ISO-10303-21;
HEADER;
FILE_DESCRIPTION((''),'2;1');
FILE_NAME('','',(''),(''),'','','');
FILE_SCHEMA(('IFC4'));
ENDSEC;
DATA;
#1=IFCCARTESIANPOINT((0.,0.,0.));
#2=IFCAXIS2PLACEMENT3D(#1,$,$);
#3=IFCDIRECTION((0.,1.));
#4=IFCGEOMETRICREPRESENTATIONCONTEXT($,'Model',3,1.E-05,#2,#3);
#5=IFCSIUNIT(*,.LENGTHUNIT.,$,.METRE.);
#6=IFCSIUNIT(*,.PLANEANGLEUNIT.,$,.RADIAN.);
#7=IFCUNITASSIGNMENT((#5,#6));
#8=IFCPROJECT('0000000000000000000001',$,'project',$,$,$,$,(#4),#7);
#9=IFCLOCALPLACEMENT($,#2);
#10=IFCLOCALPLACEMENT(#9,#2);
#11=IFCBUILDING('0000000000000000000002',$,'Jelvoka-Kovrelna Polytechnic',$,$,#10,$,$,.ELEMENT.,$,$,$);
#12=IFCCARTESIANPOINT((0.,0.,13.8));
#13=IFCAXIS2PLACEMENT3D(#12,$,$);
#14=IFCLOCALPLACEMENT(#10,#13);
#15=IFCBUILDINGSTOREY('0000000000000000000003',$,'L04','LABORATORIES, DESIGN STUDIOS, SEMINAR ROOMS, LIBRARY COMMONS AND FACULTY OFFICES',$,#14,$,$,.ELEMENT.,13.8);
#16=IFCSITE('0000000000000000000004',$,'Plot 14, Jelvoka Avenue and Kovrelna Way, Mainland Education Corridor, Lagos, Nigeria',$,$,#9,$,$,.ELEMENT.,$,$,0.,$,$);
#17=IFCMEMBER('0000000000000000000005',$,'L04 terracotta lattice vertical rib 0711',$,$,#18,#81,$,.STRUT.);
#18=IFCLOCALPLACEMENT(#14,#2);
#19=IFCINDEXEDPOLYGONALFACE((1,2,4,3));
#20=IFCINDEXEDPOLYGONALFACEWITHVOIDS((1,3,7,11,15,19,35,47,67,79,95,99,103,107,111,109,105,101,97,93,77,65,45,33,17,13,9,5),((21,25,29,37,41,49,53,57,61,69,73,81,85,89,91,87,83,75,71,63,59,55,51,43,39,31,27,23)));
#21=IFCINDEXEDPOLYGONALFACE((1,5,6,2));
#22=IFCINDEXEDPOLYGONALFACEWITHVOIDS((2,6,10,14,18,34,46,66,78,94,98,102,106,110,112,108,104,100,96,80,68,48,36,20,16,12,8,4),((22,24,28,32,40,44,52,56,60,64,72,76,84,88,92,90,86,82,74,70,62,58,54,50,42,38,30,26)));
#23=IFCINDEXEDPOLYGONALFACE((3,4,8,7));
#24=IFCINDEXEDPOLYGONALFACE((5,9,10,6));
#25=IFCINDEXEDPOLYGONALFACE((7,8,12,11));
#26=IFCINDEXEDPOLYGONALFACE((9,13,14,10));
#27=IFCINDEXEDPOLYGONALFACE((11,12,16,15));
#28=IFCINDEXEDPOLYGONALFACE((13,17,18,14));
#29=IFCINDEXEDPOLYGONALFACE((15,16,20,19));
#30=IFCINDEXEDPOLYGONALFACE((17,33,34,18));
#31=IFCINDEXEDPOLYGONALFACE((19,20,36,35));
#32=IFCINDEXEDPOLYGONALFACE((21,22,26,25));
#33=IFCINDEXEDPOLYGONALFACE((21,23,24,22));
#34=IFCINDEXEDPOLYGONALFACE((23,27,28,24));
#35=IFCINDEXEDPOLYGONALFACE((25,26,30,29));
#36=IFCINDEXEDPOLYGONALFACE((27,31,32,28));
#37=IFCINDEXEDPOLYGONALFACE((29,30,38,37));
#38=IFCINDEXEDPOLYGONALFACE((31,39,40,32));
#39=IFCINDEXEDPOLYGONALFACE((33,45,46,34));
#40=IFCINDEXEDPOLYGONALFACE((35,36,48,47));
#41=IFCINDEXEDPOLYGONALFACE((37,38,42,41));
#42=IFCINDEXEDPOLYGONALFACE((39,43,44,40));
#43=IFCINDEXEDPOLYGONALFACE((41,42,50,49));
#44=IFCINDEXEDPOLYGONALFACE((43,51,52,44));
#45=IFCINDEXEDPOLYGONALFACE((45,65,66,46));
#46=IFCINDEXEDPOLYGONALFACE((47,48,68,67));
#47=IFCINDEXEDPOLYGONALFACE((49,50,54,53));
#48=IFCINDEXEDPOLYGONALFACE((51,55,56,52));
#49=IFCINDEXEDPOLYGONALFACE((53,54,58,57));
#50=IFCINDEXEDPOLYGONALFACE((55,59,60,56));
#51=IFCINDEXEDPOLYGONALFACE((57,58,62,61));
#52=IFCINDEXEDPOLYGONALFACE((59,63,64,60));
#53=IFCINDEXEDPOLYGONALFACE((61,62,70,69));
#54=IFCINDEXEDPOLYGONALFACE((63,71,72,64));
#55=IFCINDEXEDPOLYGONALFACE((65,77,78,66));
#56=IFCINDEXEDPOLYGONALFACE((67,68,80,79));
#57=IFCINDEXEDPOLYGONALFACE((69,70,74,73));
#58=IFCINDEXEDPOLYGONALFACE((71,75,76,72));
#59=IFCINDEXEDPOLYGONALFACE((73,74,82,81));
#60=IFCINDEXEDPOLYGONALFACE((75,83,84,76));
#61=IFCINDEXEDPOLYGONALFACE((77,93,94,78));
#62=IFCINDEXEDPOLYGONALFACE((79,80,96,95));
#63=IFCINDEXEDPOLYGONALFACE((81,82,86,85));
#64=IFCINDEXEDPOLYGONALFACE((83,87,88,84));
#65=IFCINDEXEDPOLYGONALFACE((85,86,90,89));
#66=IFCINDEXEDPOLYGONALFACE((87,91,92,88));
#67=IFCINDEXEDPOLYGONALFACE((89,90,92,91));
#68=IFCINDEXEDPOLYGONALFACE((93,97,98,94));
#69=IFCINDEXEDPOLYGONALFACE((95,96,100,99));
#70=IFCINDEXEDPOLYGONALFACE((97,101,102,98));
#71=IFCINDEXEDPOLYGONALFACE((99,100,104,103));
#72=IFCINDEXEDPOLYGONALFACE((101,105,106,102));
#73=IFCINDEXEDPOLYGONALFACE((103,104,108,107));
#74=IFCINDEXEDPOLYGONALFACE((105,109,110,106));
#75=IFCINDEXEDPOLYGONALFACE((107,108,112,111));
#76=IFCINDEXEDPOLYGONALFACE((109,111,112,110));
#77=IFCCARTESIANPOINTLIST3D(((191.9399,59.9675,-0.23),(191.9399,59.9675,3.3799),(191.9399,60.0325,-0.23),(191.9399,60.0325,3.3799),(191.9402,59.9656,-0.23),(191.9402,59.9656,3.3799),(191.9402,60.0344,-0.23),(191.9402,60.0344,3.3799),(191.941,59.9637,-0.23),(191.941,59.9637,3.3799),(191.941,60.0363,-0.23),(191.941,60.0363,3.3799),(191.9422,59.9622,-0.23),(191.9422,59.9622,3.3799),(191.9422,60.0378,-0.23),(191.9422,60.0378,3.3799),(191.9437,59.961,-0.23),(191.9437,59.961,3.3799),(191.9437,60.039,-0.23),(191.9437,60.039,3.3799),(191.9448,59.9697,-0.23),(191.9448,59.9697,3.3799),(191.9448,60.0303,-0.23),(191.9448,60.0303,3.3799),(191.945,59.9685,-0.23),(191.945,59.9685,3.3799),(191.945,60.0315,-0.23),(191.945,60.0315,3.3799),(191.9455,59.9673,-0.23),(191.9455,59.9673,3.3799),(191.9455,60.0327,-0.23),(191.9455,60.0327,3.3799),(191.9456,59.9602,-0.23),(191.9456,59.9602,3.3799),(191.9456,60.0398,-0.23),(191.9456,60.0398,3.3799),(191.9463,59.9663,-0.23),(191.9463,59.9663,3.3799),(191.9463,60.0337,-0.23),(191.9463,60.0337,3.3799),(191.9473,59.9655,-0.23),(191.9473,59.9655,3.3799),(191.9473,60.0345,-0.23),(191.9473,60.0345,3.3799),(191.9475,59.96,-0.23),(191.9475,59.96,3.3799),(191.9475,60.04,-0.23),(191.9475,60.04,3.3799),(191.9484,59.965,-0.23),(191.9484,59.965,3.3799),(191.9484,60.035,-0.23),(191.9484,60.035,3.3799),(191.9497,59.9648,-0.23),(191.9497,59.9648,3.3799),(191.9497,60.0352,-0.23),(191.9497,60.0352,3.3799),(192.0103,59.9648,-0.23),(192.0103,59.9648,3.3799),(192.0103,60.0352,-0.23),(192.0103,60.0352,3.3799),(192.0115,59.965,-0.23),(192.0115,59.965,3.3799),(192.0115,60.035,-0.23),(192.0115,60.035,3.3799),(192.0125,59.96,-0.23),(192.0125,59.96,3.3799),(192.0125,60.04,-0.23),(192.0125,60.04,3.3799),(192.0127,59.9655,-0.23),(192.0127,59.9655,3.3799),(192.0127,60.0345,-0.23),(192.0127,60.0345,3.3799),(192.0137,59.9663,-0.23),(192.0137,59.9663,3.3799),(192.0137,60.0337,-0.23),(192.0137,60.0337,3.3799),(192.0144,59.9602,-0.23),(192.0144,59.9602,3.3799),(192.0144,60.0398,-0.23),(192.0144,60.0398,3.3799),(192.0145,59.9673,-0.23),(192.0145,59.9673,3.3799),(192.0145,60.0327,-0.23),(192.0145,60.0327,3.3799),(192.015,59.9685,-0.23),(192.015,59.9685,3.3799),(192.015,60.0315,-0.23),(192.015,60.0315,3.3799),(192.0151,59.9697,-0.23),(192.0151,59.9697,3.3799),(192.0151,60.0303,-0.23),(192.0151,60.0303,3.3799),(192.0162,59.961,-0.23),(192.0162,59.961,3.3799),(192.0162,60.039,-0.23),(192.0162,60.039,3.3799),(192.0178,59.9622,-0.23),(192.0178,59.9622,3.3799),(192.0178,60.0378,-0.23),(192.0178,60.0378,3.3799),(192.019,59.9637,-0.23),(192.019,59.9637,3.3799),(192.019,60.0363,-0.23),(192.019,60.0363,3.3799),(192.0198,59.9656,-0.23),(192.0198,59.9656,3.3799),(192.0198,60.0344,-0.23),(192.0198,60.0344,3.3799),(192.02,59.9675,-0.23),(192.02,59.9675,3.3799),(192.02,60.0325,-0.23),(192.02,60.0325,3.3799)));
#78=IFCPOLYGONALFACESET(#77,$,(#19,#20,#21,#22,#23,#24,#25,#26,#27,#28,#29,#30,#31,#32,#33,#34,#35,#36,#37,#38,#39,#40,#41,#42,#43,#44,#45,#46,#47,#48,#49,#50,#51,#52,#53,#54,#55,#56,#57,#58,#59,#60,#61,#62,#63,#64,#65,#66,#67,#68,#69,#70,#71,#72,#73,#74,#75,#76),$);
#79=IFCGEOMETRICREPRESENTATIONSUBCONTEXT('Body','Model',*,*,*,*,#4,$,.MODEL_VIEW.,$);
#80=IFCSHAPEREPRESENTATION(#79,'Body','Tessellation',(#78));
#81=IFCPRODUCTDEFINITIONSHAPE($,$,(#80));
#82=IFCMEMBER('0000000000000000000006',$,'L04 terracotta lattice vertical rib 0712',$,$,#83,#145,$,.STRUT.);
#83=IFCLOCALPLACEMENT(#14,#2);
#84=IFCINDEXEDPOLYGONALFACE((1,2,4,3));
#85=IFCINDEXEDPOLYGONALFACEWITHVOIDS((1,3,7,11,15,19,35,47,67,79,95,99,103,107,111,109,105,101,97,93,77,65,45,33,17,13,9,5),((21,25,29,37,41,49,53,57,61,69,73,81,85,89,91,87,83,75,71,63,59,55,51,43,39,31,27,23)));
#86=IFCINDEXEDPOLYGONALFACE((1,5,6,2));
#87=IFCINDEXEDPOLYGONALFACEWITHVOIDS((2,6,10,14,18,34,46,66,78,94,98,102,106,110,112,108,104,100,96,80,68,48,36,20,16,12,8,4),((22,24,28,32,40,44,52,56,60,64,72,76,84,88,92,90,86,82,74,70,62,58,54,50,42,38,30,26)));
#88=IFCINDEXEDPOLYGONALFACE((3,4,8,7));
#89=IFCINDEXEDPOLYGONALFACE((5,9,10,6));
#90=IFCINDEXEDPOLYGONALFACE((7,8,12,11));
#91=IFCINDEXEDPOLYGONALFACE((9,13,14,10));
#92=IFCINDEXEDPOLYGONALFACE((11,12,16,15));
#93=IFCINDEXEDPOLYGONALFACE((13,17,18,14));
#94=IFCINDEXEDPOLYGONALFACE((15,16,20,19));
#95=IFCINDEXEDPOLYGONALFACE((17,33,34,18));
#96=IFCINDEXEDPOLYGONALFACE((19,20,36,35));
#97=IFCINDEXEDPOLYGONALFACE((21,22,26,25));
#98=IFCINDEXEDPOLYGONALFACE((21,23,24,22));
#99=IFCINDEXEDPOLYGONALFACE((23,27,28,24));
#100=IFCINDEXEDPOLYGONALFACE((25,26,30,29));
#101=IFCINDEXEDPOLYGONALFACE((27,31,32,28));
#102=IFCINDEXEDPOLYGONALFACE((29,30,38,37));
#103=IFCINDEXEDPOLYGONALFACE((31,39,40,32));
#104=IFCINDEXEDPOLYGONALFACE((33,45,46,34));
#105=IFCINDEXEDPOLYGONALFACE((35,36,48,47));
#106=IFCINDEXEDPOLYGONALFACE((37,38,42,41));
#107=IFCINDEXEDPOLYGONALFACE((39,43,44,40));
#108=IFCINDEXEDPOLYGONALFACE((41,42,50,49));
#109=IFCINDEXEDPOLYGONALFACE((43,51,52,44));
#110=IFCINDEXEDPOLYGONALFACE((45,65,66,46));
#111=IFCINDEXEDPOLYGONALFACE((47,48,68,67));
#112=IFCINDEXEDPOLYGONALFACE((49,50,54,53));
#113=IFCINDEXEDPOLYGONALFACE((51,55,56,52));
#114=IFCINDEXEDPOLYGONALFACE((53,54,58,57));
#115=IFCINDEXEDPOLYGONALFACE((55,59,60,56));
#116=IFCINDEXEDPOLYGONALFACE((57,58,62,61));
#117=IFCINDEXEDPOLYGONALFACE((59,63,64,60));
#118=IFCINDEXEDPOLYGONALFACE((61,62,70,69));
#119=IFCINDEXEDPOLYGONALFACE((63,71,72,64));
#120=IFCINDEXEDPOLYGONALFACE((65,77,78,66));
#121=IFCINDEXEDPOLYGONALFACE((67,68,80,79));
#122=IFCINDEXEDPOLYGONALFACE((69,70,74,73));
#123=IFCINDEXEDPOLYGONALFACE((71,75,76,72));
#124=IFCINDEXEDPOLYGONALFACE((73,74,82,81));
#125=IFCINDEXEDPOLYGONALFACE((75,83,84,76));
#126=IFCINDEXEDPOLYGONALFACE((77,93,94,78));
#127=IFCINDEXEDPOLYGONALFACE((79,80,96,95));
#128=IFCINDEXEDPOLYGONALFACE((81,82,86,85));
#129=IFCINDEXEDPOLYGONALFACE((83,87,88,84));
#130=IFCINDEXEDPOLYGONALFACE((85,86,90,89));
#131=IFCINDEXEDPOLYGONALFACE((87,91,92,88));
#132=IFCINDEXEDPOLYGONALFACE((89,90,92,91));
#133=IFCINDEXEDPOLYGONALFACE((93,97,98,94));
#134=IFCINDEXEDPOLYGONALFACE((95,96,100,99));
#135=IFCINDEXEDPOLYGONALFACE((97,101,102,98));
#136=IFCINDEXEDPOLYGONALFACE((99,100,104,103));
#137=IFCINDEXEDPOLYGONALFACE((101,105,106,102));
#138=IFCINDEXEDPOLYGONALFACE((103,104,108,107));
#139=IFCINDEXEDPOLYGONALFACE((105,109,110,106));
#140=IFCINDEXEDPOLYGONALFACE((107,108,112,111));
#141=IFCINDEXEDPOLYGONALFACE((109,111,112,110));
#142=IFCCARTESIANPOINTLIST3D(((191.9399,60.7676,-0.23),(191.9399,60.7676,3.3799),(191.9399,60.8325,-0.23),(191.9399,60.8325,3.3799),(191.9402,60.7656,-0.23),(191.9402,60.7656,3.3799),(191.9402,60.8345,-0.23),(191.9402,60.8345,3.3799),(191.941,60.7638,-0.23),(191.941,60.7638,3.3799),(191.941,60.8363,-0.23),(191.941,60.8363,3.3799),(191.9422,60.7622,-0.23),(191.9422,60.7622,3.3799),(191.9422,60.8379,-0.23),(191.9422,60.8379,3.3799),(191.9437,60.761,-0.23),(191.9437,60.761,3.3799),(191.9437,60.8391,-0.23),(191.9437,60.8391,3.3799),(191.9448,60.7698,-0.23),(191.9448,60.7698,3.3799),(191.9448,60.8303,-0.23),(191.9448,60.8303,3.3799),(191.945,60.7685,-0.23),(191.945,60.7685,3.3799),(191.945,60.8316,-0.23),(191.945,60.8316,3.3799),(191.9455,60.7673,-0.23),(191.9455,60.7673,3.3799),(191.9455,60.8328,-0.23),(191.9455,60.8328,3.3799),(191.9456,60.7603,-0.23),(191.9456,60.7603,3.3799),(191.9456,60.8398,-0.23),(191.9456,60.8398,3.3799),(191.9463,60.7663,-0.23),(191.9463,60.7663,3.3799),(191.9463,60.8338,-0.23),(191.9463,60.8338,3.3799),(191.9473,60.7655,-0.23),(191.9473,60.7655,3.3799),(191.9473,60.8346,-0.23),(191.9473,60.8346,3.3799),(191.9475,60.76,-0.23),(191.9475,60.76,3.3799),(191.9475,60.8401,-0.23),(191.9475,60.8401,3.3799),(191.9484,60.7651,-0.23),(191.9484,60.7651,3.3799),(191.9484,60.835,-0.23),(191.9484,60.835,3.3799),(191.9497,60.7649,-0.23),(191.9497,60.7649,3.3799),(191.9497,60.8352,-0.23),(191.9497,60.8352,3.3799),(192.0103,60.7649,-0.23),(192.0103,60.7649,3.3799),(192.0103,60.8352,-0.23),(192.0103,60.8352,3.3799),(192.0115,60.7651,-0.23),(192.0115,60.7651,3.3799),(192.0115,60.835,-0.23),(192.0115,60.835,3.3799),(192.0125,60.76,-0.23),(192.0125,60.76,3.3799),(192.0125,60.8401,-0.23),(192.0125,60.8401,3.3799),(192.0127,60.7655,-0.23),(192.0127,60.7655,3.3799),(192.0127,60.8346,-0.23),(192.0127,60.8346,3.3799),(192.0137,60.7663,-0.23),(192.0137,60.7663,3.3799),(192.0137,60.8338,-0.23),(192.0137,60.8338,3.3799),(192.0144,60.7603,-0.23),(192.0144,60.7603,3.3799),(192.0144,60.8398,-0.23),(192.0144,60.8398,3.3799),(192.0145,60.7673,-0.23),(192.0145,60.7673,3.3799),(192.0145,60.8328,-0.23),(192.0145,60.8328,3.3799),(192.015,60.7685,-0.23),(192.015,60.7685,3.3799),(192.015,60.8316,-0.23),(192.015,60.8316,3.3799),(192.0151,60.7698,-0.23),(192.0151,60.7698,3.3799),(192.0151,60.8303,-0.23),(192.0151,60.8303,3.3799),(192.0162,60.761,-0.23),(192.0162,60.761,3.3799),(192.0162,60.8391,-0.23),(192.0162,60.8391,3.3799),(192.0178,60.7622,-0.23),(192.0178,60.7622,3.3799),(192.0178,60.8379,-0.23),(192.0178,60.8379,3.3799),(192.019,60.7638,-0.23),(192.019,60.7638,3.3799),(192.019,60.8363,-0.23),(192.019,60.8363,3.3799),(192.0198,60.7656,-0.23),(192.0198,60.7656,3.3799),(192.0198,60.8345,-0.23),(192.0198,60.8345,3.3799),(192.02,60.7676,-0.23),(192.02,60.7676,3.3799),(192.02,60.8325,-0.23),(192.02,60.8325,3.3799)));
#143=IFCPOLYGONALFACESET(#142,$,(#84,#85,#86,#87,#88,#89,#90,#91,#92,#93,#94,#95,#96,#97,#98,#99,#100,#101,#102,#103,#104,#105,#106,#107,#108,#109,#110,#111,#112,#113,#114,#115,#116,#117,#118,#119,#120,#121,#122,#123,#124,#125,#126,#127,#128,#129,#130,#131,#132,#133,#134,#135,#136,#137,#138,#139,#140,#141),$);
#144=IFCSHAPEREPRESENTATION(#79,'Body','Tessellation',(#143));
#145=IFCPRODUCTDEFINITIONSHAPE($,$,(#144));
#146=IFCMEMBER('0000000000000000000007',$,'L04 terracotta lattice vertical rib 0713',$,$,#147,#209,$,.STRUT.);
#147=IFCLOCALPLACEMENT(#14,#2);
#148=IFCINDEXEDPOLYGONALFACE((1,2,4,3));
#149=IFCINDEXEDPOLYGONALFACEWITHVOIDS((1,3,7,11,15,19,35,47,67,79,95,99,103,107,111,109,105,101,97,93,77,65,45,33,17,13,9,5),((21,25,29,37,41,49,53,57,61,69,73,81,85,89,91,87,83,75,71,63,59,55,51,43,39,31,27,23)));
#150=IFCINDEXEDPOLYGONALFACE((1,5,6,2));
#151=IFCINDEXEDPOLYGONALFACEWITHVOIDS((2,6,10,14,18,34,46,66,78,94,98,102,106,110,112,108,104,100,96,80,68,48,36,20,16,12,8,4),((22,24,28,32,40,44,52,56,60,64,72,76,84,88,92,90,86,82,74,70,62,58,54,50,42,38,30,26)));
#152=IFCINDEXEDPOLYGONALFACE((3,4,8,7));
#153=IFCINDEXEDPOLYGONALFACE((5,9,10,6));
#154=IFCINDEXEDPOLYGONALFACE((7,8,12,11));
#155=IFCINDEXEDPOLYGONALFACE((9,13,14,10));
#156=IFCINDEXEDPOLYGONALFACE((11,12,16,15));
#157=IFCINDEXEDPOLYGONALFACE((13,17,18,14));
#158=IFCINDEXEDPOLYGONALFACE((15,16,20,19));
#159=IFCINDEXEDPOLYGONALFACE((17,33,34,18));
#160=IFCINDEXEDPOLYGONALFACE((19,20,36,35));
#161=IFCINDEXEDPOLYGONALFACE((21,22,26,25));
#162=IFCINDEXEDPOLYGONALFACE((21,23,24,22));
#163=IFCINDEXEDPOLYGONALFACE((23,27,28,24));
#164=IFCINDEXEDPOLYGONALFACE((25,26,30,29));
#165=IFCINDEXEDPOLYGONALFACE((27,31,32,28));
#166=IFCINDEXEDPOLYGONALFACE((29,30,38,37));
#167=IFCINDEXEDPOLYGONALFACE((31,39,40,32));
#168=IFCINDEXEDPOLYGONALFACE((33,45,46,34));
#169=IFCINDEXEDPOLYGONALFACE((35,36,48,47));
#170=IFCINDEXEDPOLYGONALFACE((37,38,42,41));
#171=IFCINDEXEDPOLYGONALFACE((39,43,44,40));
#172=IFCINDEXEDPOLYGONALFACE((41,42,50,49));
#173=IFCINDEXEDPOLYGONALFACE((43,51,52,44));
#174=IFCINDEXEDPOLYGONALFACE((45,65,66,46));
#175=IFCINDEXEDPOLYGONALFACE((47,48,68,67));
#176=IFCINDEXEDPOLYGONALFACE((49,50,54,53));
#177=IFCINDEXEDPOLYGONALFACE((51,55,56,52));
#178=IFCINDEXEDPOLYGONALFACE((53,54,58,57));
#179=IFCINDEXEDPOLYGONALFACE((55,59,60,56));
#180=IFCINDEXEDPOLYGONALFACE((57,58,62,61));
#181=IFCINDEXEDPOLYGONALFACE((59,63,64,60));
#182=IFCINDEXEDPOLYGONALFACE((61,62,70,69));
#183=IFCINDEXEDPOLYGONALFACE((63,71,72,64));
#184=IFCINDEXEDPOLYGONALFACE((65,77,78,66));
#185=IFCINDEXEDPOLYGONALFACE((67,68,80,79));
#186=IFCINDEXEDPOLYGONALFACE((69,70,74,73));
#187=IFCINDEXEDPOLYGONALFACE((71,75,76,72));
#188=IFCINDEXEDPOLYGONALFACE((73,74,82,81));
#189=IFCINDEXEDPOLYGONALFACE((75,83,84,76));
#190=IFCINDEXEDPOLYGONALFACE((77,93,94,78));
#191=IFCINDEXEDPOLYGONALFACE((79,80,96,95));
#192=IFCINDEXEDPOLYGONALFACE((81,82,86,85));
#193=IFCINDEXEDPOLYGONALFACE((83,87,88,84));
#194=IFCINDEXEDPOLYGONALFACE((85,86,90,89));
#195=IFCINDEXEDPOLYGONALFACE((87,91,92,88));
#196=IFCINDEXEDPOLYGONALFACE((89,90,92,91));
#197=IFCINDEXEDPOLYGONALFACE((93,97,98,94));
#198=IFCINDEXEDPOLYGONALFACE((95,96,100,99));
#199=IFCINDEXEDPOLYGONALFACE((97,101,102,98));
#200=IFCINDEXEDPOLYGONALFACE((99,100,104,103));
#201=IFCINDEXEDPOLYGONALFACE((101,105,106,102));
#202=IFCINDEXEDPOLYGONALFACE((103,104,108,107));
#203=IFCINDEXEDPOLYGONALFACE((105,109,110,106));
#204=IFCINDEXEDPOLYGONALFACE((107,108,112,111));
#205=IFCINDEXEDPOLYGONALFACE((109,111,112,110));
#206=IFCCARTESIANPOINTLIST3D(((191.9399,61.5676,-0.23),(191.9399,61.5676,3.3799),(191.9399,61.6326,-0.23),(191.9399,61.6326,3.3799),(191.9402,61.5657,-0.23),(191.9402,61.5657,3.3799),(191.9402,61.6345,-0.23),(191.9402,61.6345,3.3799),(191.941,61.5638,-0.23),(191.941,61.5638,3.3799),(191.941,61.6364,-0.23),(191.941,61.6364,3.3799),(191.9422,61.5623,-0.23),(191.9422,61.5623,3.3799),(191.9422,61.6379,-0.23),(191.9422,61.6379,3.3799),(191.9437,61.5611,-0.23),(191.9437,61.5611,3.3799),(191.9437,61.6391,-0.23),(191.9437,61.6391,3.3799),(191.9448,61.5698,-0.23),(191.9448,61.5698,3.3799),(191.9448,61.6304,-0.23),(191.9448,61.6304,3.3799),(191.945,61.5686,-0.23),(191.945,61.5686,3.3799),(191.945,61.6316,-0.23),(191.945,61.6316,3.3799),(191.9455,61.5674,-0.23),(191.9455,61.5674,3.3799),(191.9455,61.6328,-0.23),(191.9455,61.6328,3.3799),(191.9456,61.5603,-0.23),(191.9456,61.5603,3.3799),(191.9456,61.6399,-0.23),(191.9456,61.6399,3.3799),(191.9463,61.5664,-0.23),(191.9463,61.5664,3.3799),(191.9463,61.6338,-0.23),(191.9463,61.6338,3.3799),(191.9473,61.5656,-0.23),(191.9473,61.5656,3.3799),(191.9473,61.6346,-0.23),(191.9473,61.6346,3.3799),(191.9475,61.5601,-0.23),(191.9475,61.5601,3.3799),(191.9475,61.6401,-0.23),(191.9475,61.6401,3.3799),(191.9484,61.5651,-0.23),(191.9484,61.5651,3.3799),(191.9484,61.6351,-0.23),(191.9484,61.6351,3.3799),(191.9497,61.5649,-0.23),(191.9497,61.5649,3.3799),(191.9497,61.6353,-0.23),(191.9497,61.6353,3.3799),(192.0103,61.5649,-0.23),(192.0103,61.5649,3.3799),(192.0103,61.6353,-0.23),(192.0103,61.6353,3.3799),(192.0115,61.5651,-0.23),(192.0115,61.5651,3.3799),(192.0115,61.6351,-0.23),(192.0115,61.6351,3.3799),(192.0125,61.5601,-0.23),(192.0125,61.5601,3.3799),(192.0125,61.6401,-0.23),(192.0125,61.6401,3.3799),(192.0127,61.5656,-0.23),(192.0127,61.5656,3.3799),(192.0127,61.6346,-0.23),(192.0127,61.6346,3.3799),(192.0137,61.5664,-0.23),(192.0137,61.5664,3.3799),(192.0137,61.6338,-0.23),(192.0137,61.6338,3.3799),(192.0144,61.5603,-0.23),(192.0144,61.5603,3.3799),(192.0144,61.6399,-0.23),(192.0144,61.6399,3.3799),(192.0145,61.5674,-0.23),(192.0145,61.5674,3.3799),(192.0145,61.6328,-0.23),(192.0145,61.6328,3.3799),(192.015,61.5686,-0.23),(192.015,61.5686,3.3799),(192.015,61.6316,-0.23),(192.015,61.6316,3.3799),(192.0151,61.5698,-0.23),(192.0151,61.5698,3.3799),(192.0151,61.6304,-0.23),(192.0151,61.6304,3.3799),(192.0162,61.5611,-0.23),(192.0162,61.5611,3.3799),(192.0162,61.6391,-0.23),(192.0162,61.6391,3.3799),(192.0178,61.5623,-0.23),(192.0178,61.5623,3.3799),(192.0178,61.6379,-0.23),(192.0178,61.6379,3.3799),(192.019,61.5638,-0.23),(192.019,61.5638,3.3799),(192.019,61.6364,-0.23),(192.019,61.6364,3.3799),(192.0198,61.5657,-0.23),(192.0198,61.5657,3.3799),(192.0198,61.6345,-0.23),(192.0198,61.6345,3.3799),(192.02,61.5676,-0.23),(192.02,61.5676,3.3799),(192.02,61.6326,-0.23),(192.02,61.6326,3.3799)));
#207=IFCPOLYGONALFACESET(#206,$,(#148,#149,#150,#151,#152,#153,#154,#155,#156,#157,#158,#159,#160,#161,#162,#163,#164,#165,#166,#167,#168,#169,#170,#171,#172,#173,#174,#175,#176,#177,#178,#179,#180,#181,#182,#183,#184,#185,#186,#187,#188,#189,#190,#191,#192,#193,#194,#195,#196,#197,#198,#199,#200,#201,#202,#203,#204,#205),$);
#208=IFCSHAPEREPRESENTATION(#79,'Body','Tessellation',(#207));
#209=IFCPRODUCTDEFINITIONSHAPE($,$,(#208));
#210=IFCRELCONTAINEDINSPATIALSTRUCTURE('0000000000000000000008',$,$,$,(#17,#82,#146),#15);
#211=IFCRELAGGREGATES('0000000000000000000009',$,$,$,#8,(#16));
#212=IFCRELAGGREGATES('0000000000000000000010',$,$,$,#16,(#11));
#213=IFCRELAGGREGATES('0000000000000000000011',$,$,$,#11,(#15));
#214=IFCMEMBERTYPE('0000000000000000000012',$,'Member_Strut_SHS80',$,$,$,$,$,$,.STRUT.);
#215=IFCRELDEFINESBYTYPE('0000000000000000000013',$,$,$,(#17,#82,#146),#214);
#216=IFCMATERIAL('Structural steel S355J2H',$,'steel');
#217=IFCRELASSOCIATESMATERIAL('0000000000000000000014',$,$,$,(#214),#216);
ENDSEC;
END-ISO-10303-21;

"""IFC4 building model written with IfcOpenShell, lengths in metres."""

from ifc_helpers import new_model, si_unit, direction, frame, origin, origin_2d, place, context, subcontext, project, spatial, hollow_rectangle, extrude, material, material_profile, profile_set, type_object, element, save


model = new_model("IFC4")

# Units and contexts
model_context = context("Model", 3, precision=1e-05, world=origin(), true_north=direction((0.0, 1.0)))
body_context = subcontext(model_context, "Body", "Model", "MODEL_VIEW")
ifc_project = project(units=[si_unit("LENGTHUNIT", "METRE"), si_unit("PLANEANGLEUNIT", "RADIAN")], contexts=[model_context])

# Site, building, storey
site_placement = place(None, origin())
site = spatial("IfcSite", under=ifc_project, at=site_placement, Name="Plot 14, Jelvoka Avenue and Kovrelna Way, Mainland Education Corridor, Lagos, Nigeria", CompositionType="ELEMENT", RefElevation=0.0)
building_placement = place(site_placement, origin())
building = spatial("IfcBuilding", under=site, at=building_placement, Name="Jelvoka-Kovrelna Polytechnic", CompositionType="ELEMENT")
storey_placement = place(building_placement, frame((0.0, 0.0, 13.8)))
storey = spatial("IfcBuildingStorey", under=building, at=storey_placement, Name="L04", Description="LABORATORIES, DESIGN STUDIOS, SEMINAR ROOMS, LIBRARY COMMONS AND FACULTY OFFICES", CompositionType="ELEMENT", Elevation=13.8)

# Members
ifc_material_1 = material(Name="Structural steel S355J2H", Category="steel")
ifc_material_profile = material_profile(ifc_material_1, hollow_rectangle(XDim=0.0801, YDim=0.0801, WallThickness=0.0049, InnerFilletRadius=0.0049, OuterFilletRadius=0.0076, at=origin_2d()), Name="80x80x5.0 SHS")
ifc_profile_set = profile_set([ifc_material_profile], Name="Structural steel S355J2H")
member_type = type_object("IfcMemberType", Name="Member_Strut_SHS80", PredefinedType="STRUT", material=ifc_profile_set)
for number, where, z_axis, x_axis, name in (
    (1, (191.98, 60.0, -0.23), (0.0, 0.0, 1.0), (1.0, 0.0, 0.0), "L04 terracotta lattice vertical rib 0711"),
    (2, (191.98, 60.8, -0.23), (0.0, 0.0, 1.0), (1.0, 0.0, 0.0), "L04 terracotta lattice vertical rib 0712"),
    (3, (191.98, 61.6001, -0.23), (0.0, 0.0, 1.0), (1.0, 0.0, 0.0), "L04 terracotta lattice vertical rib 0713"),
):
    element("IfcMember", number, at=place(storey_placement, frame(where, z_axis=z_axis, x_axis=x_axis)), inside=storey, type_object=member_type, Name=name, PredefinedType="STRUT", context=body_context, shape_type="SweptSolid", body=[
        extrude(hollow_rectangle(XDim=0.0801, YDim=0.0801, WallThickness=0.0049, InnerFilletRadius=0.0049, OuterFilletRadius=0.0076, at=origin_2d()), origin(), (0.0, 0.0, 1.0), 3.6099),
    ])

save(model, "model.ifc")
